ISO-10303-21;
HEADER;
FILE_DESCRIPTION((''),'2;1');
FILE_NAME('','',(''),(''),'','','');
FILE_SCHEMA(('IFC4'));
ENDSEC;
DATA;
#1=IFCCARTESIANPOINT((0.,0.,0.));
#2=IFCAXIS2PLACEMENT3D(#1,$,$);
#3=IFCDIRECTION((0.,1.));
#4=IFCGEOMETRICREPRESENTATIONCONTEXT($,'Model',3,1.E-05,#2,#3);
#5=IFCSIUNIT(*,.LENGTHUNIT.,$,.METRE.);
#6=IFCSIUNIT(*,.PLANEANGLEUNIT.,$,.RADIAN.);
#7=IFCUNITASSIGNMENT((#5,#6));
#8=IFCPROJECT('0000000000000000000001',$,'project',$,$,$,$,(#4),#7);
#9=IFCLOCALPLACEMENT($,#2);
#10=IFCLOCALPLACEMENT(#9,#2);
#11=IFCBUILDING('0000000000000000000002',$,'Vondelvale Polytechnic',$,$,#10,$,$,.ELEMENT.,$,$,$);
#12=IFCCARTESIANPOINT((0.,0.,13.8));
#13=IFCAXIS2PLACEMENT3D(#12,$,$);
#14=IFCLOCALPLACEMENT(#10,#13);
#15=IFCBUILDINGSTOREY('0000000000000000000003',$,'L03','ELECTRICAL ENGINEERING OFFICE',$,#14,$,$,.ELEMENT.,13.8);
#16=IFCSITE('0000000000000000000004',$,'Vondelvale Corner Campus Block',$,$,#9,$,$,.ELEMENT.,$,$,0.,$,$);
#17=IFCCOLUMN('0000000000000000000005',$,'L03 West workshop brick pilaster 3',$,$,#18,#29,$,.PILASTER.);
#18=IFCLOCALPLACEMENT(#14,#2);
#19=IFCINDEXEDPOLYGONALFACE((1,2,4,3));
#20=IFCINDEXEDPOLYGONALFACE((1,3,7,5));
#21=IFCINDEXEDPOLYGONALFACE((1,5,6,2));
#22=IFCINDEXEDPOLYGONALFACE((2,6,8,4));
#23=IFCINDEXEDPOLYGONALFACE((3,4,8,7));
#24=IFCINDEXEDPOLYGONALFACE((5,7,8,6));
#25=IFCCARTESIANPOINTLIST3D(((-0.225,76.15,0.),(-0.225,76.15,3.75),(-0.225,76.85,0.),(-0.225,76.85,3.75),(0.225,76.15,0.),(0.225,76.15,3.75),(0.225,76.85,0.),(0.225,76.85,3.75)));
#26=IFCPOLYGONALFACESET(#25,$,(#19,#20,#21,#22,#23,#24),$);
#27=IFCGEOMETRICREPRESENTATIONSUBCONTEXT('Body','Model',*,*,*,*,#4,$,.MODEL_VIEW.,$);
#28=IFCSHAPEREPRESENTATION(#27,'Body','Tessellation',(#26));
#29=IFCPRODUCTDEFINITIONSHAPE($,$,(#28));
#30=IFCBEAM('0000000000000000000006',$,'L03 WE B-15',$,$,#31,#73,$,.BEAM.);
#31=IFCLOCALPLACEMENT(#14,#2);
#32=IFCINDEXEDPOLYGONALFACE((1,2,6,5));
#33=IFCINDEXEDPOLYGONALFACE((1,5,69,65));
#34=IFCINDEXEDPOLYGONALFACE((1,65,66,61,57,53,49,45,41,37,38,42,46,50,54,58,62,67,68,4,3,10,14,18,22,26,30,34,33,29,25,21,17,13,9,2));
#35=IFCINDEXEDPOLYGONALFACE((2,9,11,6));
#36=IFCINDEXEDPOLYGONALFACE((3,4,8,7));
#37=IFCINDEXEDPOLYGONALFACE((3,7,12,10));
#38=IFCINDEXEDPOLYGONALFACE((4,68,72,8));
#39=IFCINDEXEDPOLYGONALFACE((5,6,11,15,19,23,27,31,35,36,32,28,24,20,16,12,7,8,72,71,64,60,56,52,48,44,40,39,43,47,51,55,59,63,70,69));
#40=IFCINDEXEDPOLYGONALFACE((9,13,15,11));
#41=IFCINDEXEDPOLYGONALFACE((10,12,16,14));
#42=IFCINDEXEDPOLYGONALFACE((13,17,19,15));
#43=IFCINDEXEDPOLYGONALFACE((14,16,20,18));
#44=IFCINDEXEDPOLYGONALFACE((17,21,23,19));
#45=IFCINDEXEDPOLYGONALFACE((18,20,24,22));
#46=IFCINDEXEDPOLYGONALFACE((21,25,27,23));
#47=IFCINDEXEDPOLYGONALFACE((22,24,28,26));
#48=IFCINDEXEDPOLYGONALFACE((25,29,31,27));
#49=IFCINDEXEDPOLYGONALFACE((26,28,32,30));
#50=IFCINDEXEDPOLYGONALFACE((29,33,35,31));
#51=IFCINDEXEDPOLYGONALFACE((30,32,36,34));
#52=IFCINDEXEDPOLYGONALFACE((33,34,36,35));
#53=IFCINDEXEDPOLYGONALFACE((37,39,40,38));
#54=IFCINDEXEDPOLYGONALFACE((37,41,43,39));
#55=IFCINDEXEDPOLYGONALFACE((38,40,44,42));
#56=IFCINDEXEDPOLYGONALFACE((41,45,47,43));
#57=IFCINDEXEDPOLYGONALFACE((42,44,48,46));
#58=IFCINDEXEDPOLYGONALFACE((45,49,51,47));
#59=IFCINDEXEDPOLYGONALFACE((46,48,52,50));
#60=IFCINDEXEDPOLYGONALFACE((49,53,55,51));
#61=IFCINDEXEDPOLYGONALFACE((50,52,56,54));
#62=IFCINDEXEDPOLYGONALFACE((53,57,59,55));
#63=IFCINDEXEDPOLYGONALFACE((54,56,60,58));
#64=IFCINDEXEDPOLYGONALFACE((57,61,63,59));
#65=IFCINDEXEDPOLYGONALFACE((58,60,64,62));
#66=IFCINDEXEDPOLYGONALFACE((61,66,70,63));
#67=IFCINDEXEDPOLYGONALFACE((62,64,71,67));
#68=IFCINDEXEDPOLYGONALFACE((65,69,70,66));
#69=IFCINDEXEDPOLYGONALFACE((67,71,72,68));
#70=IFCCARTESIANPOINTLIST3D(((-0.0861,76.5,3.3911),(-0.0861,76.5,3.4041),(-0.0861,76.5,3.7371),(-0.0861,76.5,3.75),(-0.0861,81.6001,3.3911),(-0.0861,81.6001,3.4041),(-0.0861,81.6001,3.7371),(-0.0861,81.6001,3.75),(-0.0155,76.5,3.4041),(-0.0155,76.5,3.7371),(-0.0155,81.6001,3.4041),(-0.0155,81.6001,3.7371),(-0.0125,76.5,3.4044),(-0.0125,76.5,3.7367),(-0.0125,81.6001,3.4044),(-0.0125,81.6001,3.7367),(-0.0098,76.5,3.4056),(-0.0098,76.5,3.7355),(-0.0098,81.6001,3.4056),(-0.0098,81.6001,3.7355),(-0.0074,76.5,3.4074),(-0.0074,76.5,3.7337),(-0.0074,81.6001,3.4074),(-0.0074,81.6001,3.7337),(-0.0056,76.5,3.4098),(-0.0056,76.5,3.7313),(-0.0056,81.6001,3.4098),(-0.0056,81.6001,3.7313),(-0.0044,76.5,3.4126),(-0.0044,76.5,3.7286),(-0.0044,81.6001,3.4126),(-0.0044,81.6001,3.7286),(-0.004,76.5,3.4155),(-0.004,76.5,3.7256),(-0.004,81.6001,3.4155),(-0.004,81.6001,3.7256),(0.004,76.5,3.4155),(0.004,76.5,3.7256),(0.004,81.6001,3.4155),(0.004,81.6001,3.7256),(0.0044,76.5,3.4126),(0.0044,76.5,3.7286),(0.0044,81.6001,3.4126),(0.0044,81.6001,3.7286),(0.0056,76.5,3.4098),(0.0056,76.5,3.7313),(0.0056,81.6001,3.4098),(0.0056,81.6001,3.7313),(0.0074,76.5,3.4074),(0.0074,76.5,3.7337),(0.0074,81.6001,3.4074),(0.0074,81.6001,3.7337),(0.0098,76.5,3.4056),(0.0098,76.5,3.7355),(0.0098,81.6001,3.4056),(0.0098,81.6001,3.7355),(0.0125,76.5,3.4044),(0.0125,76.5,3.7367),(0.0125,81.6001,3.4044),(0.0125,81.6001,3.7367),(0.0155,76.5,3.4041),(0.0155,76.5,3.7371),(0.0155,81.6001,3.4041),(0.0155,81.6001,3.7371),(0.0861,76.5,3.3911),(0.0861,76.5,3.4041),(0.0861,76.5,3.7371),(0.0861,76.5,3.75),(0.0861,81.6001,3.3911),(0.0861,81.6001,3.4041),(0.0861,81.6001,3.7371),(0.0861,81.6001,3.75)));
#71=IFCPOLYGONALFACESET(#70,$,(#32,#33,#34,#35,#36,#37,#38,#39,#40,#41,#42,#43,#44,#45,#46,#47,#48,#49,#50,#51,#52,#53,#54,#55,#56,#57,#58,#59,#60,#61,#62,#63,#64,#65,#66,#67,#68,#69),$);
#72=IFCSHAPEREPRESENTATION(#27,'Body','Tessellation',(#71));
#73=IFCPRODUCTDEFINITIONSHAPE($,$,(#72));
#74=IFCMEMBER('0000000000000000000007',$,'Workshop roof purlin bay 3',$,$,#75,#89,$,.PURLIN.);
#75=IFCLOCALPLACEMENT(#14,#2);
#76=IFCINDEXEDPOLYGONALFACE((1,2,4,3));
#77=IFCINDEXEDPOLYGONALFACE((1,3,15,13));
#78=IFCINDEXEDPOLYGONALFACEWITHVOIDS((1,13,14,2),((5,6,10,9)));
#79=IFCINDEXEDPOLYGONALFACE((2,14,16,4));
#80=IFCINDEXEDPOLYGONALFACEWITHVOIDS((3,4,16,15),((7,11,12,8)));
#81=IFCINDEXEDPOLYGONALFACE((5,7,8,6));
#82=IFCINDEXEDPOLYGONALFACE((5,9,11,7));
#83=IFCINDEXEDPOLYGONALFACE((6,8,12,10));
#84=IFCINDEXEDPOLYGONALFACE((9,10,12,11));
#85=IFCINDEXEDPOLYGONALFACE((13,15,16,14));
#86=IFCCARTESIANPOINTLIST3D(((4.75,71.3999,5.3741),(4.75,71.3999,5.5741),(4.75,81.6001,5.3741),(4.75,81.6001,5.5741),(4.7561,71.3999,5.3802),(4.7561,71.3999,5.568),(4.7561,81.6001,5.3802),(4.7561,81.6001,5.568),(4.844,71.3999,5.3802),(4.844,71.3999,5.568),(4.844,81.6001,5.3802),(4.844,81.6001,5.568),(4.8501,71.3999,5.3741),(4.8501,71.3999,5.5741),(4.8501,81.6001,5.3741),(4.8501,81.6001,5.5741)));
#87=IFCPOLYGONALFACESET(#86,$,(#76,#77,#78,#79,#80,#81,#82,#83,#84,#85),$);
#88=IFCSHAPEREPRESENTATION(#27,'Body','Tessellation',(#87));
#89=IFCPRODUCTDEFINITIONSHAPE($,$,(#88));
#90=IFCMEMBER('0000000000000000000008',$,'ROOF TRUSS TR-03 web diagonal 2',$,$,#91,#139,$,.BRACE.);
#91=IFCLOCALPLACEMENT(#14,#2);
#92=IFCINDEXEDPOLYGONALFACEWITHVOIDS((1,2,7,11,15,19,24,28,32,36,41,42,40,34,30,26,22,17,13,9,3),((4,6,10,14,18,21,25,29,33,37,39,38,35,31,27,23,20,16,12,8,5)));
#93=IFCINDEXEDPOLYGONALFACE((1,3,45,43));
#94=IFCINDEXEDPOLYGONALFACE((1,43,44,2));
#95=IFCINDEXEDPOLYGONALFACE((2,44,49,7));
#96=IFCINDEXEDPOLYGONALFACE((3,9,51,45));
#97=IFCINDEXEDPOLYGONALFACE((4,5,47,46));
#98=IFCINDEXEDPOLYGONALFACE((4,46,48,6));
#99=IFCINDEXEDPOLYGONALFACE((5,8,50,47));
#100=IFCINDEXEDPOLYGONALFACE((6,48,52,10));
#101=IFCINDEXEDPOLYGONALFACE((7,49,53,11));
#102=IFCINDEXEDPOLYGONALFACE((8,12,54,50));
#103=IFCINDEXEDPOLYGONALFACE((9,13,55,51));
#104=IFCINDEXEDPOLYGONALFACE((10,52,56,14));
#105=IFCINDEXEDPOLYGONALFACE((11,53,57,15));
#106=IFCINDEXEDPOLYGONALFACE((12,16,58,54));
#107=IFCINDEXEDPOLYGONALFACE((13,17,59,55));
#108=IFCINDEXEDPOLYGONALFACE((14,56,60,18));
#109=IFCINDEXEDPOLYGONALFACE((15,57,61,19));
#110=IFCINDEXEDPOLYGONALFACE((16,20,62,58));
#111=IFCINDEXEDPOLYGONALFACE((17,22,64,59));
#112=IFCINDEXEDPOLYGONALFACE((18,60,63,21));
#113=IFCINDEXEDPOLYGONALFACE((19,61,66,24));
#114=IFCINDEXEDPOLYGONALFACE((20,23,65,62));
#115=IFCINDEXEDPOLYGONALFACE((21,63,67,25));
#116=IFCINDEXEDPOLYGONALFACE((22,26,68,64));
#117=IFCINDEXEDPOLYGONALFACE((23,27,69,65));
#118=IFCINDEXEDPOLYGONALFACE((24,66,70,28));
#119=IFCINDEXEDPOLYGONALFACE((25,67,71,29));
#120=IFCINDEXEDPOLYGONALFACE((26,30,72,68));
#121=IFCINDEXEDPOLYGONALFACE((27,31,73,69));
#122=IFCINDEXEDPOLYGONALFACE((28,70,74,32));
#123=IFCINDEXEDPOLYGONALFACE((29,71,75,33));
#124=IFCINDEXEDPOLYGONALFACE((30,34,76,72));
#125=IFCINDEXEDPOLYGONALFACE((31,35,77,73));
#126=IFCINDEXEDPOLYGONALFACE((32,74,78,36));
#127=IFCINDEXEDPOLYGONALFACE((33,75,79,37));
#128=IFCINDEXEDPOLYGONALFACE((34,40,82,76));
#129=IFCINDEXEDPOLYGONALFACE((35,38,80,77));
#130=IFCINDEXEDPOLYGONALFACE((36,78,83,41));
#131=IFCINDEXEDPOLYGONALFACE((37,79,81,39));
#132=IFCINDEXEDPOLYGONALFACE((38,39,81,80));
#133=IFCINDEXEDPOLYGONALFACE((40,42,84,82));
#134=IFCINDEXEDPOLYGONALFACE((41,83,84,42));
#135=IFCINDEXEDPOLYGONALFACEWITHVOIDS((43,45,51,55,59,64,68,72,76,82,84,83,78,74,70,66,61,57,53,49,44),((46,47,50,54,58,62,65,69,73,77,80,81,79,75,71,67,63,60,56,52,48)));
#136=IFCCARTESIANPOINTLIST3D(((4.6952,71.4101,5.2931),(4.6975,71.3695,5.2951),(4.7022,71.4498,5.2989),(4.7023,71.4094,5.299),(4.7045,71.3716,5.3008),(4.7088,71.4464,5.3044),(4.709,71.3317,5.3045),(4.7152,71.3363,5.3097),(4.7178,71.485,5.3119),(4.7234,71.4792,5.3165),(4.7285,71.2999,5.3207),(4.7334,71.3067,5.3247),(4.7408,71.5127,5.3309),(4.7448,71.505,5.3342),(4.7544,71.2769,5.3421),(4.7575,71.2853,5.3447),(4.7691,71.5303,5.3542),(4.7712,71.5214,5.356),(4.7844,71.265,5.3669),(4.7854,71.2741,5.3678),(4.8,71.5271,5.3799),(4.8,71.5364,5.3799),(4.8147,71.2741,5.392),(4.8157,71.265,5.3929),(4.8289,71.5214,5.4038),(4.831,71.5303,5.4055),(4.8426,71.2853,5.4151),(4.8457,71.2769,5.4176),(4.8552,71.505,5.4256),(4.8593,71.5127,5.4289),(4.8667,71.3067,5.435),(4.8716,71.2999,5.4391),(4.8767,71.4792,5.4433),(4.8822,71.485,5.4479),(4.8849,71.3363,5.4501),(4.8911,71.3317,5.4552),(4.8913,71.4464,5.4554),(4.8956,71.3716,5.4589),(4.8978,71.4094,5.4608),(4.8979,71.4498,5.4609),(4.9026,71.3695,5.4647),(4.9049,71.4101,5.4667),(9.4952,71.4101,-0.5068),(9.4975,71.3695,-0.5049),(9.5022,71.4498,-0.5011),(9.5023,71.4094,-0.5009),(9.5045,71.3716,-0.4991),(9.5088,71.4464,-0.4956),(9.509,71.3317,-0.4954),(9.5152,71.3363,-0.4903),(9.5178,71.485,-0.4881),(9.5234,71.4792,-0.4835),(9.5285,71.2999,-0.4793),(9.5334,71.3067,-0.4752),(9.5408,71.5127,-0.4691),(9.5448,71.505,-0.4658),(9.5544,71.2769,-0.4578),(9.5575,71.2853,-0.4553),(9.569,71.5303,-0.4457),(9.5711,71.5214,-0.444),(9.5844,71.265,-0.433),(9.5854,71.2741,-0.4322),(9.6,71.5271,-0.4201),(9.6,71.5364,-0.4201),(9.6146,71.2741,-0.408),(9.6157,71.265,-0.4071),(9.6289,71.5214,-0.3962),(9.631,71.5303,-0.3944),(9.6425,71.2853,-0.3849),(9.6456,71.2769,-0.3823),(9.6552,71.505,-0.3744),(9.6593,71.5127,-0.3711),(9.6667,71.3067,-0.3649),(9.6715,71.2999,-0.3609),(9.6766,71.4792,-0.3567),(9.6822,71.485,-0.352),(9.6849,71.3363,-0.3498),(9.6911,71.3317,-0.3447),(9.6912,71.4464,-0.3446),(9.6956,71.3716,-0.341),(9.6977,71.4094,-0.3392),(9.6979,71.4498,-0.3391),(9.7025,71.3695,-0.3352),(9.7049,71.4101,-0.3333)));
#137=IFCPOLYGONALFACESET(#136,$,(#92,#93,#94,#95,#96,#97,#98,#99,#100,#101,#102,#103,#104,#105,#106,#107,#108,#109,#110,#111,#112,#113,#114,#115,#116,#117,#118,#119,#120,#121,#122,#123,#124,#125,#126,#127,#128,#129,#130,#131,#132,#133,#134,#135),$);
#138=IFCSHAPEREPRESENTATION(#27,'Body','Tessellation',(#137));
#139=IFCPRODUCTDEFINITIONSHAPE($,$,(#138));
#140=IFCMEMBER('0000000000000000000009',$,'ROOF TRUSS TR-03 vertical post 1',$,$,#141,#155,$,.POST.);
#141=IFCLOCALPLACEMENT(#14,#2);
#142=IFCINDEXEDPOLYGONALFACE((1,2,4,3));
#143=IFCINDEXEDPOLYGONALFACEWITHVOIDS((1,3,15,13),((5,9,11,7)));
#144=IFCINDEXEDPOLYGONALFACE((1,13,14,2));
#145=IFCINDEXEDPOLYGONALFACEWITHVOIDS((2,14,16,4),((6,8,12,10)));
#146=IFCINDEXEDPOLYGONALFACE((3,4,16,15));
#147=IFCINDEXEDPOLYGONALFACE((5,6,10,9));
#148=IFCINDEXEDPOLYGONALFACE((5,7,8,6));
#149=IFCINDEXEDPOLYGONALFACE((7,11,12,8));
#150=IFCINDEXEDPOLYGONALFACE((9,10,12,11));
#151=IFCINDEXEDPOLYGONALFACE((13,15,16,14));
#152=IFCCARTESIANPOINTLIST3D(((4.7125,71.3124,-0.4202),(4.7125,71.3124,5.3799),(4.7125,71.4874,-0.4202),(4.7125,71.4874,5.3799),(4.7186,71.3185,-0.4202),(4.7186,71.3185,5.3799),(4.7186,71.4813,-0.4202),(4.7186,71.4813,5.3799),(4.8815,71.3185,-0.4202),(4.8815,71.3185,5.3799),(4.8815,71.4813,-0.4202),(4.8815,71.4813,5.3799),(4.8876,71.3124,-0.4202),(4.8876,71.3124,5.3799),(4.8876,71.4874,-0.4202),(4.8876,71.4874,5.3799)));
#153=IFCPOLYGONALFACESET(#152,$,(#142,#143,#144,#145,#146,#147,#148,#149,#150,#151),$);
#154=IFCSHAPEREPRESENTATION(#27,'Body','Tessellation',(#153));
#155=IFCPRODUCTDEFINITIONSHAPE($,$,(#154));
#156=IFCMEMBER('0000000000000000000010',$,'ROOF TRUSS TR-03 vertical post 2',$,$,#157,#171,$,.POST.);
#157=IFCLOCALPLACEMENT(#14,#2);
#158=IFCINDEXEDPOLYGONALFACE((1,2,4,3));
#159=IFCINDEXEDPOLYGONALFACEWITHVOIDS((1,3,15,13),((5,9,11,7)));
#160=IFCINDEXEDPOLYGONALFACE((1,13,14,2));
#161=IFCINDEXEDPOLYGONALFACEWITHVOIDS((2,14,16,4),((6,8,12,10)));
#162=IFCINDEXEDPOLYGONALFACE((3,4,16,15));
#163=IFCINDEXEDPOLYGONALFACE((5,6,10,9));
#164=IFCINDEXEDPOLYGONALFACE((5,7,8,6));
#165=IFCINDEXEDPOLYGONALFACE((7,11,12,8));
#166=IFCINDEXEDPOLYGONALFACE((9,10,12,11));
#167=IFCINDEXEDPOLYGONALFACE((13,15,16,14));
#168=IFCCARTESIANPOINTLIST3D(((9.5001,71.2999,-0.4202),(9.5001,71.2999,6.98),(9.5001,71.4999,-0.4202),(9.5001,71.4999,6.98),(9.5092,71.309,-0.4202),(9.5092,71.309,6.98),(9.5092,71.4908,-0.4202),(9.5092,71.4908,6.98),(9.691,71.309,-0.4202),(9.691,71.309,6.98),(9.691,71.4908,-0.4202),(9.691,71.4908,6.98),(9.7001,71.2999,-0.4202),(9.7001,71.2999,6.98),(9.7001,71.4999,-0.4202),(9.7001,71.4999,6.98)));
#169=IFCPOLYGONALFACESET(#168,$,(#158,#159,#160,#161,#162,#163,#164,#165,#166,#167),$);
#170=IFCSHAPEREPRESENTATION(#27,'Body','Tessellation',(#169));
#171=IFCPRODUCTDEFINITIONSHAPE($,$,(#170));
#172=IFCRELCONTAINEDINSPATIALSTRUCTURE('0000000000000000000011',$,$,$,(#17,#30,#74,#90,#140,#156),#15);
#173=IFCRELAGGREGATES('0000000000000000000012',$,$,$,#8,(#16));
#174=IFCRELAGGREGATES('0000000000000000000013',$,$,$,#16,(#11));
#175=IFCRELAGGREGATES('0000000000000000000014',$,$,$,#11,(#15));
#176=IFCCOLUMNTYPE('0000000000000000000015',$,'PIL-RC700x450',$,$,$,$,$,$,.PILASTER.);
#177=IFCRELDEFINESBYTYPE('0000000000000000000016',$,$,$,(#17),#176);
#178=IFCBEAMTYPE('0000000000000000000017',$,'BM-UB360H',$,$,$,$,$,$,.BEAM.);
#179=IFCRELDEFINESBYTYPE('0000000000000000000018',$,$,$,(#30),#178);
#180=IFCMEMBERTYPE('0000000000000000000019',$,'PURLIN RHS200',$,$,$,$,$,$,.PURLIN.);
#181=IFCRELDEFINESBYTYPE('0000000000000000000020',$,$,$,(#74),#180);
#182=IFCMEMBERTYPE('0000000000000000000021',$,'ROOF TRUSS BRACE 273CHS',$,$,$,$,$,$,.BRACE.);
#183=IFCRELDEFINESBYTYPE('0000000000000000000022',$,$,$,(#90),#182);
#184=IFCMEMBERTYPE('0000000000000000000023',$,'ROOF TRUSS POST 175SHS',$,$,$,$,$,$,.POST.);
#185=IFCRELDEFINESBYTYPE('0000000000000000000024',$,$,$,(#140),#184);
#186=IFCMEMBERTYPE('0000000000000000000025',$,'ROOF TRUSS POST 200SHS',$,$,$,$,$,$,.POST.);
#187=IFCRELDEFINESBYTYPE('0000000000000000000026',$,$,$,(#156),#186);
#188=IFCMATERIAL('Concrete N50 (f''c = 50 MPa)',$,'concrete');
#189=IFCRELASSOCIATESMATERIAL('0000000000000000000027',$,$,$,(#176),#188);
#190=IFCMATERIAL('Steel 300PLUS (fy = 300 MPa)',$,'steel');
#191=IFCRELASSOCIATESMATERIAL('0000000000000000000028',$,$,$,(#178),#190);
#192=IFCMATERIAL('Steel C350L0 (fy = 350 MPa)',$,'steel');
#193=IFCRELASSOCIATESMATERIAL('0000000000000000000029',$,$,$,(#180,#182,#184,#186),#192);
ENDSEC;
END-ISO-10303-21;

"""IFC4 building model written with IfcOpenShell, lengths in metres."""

from ifc_helpers import new_model, si_unit, direction, frame, origin, origin_2d, place, context, subcontext, project, spatial, rectangle, hollow_rectangle, hollow_circle, i_section, extrude, material, material_profile, profile_set, type_object, element, save


model = new_model("IFC4")

# Units and contexts
model_context = context("Model", 3, precision=1e-05, world=origin(), true_north=direction((0.0, 1.0)))
body_context = subcontext(model_context, "Body", "Model", "MODEL_VIEW")
ifc_project = project(units=[si_unit("LENGTHUNIT", "METRE"), si_unit("PLANEANGLEUNIT", "RADIAN")], contexts=[model_context])

# Site, building, storey
site_placement = place(None, origin())
site = spatial("IfcSite", under=ifc_project, at=site_placement, Name="Vondelvale Corner Campus Block", CompositionType="ELEMENT", RefElevation=0.0)
building_placement = place(site_placement, origin())
building = spatial("IfcBuilding", under=site, at=building_placement, Name="Vondelvale Polytechnic", CompositionType="ELEMENT")
storey_placement = place(building_placement, frame((0.0, 0.0, 13.8)))
storey = spatial("IfcBuildingStorey", under=building, at=storey_placement, Name="L03", Description="ELECTRICAL ENGINEERING OFFICE", CompositionType="ELEMENT", Elevation=13.8)

# Column
ifc_material_1 = material(Name="Concrete N50 (f'c = 50 MPa)", Category="concrete")
ifc_material_profile_1 = material_profile(ifc_material_1, rectangle(XDim=0.45, YDim=0.7, at=origin_2d()), Name="RC-PIL-700x450")
ifc_profile_set_1 = profile_set([ifc_material_profile_1], Name="Concrete N50 (f'c = 50 MPa)")
column_type = type_object("IfcColumnType", Name="PIL-RC700x450", PredefinedType="PILASTER", material=ifc_profile_set_1)
column_placement = place(storey_placement, frame((0.0, 76.5, 0.0), z_axis=(0.0, 0.0, 1.0), x_axis=(1.0, 0.0, 0.0)))
element("IfcColumn", 1, at=column_placement, inside=storey, type_object=column_type, Name="L03 West workshop brick pilaster 3", PredefinedType="PILASTER", context=body_context, shape_type="SweptSolid", body=[
    extrude(rectangle(XDim=0.45, YDim=0.7, at=origin_2d()), origin(), (0.0, 0.0, 1.0), 3.75),
])

# Beam
ifc_material_2 = material(Name="Steel 300PLUS (fy = 300 MPa)", Category="steel")
ifc_material_profile_2 = material_profile(ifc_material_2, i_section(OverallWidth=0.1721, OverallDepth=0.3589, WebThickness=0.0081, FlangeThickness=0.0129, FilletRadius=0.0115, at=origin_2d()), Name="360UB56.7")
ifc_profile_set_2 = profile_set([ifc_material_profile_2], Name="Steel 300PLUS (fy = 300 MPa)")
beam_type = type_object("IfcBeamType", Name="BM-UB360H", PredefinedType="BEAM", material=ifc_profile_set_2)
beam_placement = place(storey_placement, frame((0.0, 76.5, 3.5706), z_axis=(0.0, 1.0, 0.0), x_axis=(-1.0, 0.0, 0.0)))
element("IfcBeam", 2, at=beam_placement, inside=storey, type_object=beam_type, Name="L03 WE B-15", PredefinedType="BEAM", context=body_context, shape_type="SweptSolid", body=[
    extrude(i_section(OverallWidth=0.1721, OverallDepth=0.3589, WebThickness=0.0081, FlangeThickness=0.0129, FilletRadius=0.0115, at=origin_2d()), origin(), (0.0, 0.0, 1.0), 5.1001),
])

# Members
ifc_material_3 = material(Name="Steel C350L0 (fy = 350 MPa)", Category="steel")
ifc_material_profile_3 = material_profile(ifc_material_3, hollow_rectangle(XDim=0.1001, YDim=0.2, WallThickness=0.0061, at=origin_2d()), Name="200x100x6.0RHS")
ifc_profile_set_3 = profile_set([ifc_material_profile_3], Name="Steel C350L0 (fy = 350 MPa)")
member_type_1 = type_object("IfcMemberType", Name="PURLIN RHS200", PredefinedType="PURLIN", material=ifc_profile_set_3)
member_1_placement = place(storey_placement, frame((4.8, 71.3999, 5.4741), z_axis=(0.0, 1.0, 0.0), x_axis=(-1.0, 0.0, 0.0)))
element("IfcMember", 3, at=member_1_placement, inside=storey, type_object=member_type_1, Name="Workshop roof purlin bay 3", PredefinedType="PURLIN", context=body_context, shape_type="SweptSolid", body=[
    extrude(hollow_rectangle(XDim=0.1001, YDim=0.2, WallThickness=0.0061, at=origin_2d()), origin(), (0.0, 0.0, 1.0), 10.2002),
])
ifc_material_profile_4 = material_profile(ifc_material_3, hollow_circle(Radius=0.1365, WallThickness=0.0093, at=origin_2d()), Name="273.1x9.3CHS")
ifc_profile_set_4 = profile_set([ifc_material_profile_4], Name="Steel C350L0 (fy = 350 MPa)")
member_type_2 = type_object("IfcMemberType", Name="ROOF TRUSS BRACE 273CHS", PredefinedType="BRACE", material=ifc_profile_set_4)
member_2_placement = place(storey_placement, frame((4.8, 71.3999, 5.3799), z_axis=(0.637568, 0.0, -0.770394), x_axis=(0.0, 1.0, 0.0)))
element("IfcMember", 4, at=member_2_placement, inside=storey, type_object=member_type_2, Name="ROOF TRUSS TR-03 web diagonal 2", PredefinedType="BRACE", context=body_context, shape_type="SweptSolid", body=[
    extrude(hollow_circle(Radius=0.1365, WallThickness=0.0093, at=origin_2d()), origin(), (0.0, 0.0, 1.0), 7.5286),
])
ifc_material_profile_5 = material_profile(ifc_material_3, hollow_rectangle(XDim=0.175, YDim=0.175, WallThickness=0.0061, at=origin_2d()), Name="175x175x6.0SHS")
ifc_profile_set_5 = profile_set([ifc_material_profile_5], Name="Steel C350L0 (fy = 350 MPa)")
member_type_3 = type_object("IfcMemberType", Name="ROOF TRUSS POST 175SHS", PredefinedType="POST", material=ifc_profile_set_5)
member_3_placement = place(storey_placement, frame((4.8, 71.3999, -0.4202), z_axis=(0.0, 0.0, 1.0), x_axis=(1.0, 0.0, 0.0)))
element("IfcMember", 5, at=member_3_placement, inside=storey, type_object=member_type_3, Name="ROOF TRUSS TR-03 vertical post 1", PredefinedType="POST", context=body_context, shape_type="SweptSolid", body=[
    extrude(hollow_rectangle(XDim=0.175, YDim=0.175, WallThickness=0.0061, at=origin_2d()), origin(), (0.0, 0.0, 1.0), 5.8),
])
ifc_material_profile_6 = material_profile(ifc_material_3, hollow_rectangle(XDim=0.2, YDim=0.2, WallThickness=0.009, at=origin_2d()), Name="200x200x9.0SHS")
ifc_profile_set_6 = profile_set([ifc_material_profile_6], Name="Steel C350L0 (fy = 350 MPa)")
member_type_4 = type_object("IfcMemberType", Name="ROOF TRUSS POST 200SHS", PredefinedType="POST", material=ifc_profile_set_6)
member_4_placement = place(storey_placement, frame((9.6001, 71.3999, -0.4202), z_axis=(0.0, 0.0, 1.0), x_axis=(1.0, 0.0, 0.0)))
element("IfcMember", 6, at=member_4_placement, inside=storey, type_object=member_type_4, Name="ROOF TRUSS TR-03 vertical post 2", PredefinedType="POST", context=body_context, shape_type="SweptSolid", body=[
    extrude(hollow_rectangle(XDim=0.2, YDim=0.2, WallThickness=0.009, at=origin_2d()), origin(), (0.0, 0.0, 1.0), 7.4001),
])

save(model, "model.ifc")
